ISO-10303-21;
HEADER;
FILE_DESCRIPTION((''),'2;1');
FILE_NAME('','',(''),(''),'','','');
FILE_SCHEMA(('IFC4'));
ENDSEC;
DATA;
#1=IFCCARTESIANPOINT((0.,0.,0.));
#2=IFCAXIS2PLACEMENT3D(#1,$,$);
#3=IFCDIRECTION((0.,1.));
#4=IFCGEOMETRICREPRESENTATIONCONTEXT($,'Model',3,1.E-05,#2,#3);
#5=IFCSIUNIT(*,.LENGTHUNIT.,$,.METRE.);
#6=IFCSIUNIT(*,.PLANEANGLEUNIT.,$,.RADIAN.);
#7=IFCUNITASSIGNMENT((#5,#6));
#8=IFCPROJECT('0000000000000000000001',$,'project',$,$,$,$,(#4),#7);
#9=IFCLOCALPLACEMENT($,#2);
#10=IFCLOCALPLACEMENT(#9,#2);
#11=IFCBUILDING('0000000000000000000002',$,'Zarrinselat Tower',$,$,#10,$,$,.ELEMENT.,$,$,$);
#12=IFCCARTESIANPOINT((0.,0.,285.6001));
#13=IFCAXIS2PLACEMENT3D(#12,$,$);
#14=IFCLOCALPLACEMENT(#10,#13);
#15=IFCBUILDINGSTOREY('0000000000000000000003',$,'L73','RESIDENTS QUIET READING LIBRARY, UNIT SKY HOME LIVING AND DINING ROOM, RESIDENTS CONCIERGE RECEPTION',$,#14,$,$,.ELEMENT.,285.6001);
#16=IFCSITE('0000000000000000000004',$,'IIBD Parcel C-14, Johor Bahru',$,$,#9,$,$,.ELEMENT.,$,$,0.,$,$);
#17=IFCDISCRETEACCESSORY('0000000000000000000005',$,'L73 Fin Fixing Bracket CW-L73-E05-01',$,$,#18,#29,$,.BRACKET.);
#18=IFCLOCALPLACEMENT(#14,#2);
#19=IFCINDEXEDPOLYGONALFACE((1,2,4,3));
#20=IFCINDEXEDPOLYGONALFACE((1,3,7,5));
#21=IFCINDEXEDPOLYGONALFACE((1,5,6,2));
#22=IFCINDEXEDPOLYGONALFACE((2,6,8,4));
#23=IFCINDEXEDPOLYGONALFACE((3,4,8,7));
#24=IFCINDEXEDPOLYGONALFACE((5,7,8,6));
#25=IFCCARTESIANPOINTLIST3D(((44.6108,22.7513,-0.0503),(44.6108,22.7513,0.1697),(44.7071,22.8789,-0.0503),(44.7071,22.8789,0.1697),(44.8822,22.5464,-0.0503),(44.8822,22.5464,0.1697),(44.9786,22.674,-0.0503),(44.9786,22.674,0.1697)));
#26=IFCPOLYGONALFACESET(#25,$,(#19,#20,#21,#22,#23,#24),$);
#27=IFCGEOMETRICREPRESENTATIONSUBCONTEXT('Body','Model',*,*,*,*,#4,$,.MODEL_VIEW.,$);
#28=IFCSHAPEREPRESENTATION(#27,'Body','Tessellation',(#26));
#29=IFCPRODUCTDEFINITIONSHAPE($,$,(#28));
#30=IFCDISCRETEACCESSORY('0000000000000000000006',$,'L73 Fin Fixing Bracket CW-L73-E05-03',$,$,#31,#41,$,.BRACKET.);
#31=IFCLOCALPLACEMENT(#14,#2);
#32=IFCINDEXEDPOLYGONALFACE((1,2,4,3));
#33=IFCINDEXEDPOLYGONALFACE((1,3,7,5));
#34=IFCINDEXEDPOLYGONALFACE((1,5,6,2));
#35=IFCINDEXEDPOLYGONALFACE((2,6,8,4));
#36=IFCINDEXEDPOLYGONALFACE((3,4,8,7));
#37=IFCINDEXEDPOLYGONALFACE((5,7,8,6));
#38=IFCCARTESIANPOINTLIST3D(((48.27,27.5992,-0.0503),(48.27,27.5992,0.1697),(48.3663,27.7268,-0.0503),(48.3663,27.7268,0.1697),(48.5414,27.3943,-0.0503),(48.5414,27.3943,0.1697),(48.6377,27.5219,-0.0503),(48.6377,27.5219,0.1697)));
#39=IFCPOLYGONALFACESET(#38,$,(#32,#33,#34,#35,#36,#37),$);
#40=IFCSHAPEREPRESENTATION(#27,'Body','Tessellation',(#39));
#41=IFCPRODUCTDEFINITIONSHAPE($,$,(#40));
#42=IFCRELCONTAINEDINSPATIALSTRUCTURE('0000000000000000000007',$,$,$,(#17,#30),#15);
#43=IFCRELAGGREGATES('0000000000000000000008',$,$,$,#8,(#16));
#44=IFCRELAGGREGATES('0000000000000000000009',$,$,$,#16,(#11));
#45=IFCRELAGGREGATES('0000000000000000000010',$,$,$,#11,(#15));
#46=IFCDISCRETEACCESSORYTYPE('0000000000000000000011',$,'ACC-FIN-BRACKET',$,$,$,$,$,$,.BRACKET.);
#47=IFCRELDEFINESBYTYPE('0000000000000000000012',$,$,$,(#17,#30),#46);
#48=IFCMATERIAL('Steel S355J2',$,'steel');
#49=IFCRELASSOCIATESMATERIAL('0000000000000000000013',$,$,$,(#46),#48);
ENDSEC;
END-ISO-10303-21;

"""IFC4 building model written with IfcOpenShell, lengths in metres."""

from ifc_helpers import new_model, si_unit, direction, frame, origin, origin_2d, place, context, subcontext, project, spatial, rectangle, extrude, material, type_object, element, save


model = new_model("IFC4")

# Units and contexts
model_context = context("Model", 3, precision=1e-05, world=origin(), true_north=direction((0.0, 1.0)))
body_context = subcontext(model_context, "Body", "Model", "MODEL_VIEW")
ifc_project = project(units=[si_unit("LENGTHUNIT", "METRE"), si_unit("PLANEANGLEUNIT", "RADIAN")], contexts=[model_context])

# Site, building, storey
site_placement = place(None, origin())
site = spatial("IfcSite", under=ifc_project, at=site_placement, Name="IIBD Parcel C-14, Johor Bahru", CompositionType="ELEMENT", RefElevation=0.0)
building_placement = place(site_placement, origin())
building = spatial("IfcBuilding", under=site, at=building_placement, Name="Zarrinselat Tower", CompositionType="ELEMENT")
storey_placement = place(building_placement, frame((0.0, 0.0, 285.6001)))
storey = spatial("IfcBuildingStorey", under=building, at=storey_placement, Name="L73", Description="RESIDENTS QUIET READING LIBRARY, UNIT SKY HOME LIVING AND DINING ROOM, RESIDENTS CONCIERGE RECEPTION", CompositionType="ELEMENT", Elevation=285.6001)

# Discrete accessories
ifc_material_1 = material(Name="Steel S355J2", Category="steel")
discrete_accessory_type = type_object("IfcDiscreteAccessoryType", Name="ACC-FIN-BRACKET", PredefinedType="BRACKET", material=ifc_material_1)
for number, where, z_axis, x_axis, name in (
    (1, (44.7947, 22.7126, -0.0503), (0.0, 0.0, 1.0), (0.79816, -0.602445, 0.0), "L73 Fin Fixing Bracket CW-L73-E05-01"),
    (2, (48.4539, 27.5605, -0.0503), (0.0, 0.0, 1.0), (0.79816, -0.602445, 0.0), "L73 Fin Fixing Bracket CW-L73-E05-03"),
):
    element("IfcDiscreteAccessory", number, at=place(storey_placement, frame(where, z_axis=z_axis, x_axis=x_axis)), inside=storey, type_object=discrete_accessory_type, Name=name, PredefinedType="BRACKET", context=body_context, shape_type="SweptSolid", body=[
        extrude(rectangle(XDim=0.3401, YDim=0.1599, at=origin_2d()), origin(), (0.0, 0.0, 1.0), 0.22),
    ])

save(model, "model.ifc")
